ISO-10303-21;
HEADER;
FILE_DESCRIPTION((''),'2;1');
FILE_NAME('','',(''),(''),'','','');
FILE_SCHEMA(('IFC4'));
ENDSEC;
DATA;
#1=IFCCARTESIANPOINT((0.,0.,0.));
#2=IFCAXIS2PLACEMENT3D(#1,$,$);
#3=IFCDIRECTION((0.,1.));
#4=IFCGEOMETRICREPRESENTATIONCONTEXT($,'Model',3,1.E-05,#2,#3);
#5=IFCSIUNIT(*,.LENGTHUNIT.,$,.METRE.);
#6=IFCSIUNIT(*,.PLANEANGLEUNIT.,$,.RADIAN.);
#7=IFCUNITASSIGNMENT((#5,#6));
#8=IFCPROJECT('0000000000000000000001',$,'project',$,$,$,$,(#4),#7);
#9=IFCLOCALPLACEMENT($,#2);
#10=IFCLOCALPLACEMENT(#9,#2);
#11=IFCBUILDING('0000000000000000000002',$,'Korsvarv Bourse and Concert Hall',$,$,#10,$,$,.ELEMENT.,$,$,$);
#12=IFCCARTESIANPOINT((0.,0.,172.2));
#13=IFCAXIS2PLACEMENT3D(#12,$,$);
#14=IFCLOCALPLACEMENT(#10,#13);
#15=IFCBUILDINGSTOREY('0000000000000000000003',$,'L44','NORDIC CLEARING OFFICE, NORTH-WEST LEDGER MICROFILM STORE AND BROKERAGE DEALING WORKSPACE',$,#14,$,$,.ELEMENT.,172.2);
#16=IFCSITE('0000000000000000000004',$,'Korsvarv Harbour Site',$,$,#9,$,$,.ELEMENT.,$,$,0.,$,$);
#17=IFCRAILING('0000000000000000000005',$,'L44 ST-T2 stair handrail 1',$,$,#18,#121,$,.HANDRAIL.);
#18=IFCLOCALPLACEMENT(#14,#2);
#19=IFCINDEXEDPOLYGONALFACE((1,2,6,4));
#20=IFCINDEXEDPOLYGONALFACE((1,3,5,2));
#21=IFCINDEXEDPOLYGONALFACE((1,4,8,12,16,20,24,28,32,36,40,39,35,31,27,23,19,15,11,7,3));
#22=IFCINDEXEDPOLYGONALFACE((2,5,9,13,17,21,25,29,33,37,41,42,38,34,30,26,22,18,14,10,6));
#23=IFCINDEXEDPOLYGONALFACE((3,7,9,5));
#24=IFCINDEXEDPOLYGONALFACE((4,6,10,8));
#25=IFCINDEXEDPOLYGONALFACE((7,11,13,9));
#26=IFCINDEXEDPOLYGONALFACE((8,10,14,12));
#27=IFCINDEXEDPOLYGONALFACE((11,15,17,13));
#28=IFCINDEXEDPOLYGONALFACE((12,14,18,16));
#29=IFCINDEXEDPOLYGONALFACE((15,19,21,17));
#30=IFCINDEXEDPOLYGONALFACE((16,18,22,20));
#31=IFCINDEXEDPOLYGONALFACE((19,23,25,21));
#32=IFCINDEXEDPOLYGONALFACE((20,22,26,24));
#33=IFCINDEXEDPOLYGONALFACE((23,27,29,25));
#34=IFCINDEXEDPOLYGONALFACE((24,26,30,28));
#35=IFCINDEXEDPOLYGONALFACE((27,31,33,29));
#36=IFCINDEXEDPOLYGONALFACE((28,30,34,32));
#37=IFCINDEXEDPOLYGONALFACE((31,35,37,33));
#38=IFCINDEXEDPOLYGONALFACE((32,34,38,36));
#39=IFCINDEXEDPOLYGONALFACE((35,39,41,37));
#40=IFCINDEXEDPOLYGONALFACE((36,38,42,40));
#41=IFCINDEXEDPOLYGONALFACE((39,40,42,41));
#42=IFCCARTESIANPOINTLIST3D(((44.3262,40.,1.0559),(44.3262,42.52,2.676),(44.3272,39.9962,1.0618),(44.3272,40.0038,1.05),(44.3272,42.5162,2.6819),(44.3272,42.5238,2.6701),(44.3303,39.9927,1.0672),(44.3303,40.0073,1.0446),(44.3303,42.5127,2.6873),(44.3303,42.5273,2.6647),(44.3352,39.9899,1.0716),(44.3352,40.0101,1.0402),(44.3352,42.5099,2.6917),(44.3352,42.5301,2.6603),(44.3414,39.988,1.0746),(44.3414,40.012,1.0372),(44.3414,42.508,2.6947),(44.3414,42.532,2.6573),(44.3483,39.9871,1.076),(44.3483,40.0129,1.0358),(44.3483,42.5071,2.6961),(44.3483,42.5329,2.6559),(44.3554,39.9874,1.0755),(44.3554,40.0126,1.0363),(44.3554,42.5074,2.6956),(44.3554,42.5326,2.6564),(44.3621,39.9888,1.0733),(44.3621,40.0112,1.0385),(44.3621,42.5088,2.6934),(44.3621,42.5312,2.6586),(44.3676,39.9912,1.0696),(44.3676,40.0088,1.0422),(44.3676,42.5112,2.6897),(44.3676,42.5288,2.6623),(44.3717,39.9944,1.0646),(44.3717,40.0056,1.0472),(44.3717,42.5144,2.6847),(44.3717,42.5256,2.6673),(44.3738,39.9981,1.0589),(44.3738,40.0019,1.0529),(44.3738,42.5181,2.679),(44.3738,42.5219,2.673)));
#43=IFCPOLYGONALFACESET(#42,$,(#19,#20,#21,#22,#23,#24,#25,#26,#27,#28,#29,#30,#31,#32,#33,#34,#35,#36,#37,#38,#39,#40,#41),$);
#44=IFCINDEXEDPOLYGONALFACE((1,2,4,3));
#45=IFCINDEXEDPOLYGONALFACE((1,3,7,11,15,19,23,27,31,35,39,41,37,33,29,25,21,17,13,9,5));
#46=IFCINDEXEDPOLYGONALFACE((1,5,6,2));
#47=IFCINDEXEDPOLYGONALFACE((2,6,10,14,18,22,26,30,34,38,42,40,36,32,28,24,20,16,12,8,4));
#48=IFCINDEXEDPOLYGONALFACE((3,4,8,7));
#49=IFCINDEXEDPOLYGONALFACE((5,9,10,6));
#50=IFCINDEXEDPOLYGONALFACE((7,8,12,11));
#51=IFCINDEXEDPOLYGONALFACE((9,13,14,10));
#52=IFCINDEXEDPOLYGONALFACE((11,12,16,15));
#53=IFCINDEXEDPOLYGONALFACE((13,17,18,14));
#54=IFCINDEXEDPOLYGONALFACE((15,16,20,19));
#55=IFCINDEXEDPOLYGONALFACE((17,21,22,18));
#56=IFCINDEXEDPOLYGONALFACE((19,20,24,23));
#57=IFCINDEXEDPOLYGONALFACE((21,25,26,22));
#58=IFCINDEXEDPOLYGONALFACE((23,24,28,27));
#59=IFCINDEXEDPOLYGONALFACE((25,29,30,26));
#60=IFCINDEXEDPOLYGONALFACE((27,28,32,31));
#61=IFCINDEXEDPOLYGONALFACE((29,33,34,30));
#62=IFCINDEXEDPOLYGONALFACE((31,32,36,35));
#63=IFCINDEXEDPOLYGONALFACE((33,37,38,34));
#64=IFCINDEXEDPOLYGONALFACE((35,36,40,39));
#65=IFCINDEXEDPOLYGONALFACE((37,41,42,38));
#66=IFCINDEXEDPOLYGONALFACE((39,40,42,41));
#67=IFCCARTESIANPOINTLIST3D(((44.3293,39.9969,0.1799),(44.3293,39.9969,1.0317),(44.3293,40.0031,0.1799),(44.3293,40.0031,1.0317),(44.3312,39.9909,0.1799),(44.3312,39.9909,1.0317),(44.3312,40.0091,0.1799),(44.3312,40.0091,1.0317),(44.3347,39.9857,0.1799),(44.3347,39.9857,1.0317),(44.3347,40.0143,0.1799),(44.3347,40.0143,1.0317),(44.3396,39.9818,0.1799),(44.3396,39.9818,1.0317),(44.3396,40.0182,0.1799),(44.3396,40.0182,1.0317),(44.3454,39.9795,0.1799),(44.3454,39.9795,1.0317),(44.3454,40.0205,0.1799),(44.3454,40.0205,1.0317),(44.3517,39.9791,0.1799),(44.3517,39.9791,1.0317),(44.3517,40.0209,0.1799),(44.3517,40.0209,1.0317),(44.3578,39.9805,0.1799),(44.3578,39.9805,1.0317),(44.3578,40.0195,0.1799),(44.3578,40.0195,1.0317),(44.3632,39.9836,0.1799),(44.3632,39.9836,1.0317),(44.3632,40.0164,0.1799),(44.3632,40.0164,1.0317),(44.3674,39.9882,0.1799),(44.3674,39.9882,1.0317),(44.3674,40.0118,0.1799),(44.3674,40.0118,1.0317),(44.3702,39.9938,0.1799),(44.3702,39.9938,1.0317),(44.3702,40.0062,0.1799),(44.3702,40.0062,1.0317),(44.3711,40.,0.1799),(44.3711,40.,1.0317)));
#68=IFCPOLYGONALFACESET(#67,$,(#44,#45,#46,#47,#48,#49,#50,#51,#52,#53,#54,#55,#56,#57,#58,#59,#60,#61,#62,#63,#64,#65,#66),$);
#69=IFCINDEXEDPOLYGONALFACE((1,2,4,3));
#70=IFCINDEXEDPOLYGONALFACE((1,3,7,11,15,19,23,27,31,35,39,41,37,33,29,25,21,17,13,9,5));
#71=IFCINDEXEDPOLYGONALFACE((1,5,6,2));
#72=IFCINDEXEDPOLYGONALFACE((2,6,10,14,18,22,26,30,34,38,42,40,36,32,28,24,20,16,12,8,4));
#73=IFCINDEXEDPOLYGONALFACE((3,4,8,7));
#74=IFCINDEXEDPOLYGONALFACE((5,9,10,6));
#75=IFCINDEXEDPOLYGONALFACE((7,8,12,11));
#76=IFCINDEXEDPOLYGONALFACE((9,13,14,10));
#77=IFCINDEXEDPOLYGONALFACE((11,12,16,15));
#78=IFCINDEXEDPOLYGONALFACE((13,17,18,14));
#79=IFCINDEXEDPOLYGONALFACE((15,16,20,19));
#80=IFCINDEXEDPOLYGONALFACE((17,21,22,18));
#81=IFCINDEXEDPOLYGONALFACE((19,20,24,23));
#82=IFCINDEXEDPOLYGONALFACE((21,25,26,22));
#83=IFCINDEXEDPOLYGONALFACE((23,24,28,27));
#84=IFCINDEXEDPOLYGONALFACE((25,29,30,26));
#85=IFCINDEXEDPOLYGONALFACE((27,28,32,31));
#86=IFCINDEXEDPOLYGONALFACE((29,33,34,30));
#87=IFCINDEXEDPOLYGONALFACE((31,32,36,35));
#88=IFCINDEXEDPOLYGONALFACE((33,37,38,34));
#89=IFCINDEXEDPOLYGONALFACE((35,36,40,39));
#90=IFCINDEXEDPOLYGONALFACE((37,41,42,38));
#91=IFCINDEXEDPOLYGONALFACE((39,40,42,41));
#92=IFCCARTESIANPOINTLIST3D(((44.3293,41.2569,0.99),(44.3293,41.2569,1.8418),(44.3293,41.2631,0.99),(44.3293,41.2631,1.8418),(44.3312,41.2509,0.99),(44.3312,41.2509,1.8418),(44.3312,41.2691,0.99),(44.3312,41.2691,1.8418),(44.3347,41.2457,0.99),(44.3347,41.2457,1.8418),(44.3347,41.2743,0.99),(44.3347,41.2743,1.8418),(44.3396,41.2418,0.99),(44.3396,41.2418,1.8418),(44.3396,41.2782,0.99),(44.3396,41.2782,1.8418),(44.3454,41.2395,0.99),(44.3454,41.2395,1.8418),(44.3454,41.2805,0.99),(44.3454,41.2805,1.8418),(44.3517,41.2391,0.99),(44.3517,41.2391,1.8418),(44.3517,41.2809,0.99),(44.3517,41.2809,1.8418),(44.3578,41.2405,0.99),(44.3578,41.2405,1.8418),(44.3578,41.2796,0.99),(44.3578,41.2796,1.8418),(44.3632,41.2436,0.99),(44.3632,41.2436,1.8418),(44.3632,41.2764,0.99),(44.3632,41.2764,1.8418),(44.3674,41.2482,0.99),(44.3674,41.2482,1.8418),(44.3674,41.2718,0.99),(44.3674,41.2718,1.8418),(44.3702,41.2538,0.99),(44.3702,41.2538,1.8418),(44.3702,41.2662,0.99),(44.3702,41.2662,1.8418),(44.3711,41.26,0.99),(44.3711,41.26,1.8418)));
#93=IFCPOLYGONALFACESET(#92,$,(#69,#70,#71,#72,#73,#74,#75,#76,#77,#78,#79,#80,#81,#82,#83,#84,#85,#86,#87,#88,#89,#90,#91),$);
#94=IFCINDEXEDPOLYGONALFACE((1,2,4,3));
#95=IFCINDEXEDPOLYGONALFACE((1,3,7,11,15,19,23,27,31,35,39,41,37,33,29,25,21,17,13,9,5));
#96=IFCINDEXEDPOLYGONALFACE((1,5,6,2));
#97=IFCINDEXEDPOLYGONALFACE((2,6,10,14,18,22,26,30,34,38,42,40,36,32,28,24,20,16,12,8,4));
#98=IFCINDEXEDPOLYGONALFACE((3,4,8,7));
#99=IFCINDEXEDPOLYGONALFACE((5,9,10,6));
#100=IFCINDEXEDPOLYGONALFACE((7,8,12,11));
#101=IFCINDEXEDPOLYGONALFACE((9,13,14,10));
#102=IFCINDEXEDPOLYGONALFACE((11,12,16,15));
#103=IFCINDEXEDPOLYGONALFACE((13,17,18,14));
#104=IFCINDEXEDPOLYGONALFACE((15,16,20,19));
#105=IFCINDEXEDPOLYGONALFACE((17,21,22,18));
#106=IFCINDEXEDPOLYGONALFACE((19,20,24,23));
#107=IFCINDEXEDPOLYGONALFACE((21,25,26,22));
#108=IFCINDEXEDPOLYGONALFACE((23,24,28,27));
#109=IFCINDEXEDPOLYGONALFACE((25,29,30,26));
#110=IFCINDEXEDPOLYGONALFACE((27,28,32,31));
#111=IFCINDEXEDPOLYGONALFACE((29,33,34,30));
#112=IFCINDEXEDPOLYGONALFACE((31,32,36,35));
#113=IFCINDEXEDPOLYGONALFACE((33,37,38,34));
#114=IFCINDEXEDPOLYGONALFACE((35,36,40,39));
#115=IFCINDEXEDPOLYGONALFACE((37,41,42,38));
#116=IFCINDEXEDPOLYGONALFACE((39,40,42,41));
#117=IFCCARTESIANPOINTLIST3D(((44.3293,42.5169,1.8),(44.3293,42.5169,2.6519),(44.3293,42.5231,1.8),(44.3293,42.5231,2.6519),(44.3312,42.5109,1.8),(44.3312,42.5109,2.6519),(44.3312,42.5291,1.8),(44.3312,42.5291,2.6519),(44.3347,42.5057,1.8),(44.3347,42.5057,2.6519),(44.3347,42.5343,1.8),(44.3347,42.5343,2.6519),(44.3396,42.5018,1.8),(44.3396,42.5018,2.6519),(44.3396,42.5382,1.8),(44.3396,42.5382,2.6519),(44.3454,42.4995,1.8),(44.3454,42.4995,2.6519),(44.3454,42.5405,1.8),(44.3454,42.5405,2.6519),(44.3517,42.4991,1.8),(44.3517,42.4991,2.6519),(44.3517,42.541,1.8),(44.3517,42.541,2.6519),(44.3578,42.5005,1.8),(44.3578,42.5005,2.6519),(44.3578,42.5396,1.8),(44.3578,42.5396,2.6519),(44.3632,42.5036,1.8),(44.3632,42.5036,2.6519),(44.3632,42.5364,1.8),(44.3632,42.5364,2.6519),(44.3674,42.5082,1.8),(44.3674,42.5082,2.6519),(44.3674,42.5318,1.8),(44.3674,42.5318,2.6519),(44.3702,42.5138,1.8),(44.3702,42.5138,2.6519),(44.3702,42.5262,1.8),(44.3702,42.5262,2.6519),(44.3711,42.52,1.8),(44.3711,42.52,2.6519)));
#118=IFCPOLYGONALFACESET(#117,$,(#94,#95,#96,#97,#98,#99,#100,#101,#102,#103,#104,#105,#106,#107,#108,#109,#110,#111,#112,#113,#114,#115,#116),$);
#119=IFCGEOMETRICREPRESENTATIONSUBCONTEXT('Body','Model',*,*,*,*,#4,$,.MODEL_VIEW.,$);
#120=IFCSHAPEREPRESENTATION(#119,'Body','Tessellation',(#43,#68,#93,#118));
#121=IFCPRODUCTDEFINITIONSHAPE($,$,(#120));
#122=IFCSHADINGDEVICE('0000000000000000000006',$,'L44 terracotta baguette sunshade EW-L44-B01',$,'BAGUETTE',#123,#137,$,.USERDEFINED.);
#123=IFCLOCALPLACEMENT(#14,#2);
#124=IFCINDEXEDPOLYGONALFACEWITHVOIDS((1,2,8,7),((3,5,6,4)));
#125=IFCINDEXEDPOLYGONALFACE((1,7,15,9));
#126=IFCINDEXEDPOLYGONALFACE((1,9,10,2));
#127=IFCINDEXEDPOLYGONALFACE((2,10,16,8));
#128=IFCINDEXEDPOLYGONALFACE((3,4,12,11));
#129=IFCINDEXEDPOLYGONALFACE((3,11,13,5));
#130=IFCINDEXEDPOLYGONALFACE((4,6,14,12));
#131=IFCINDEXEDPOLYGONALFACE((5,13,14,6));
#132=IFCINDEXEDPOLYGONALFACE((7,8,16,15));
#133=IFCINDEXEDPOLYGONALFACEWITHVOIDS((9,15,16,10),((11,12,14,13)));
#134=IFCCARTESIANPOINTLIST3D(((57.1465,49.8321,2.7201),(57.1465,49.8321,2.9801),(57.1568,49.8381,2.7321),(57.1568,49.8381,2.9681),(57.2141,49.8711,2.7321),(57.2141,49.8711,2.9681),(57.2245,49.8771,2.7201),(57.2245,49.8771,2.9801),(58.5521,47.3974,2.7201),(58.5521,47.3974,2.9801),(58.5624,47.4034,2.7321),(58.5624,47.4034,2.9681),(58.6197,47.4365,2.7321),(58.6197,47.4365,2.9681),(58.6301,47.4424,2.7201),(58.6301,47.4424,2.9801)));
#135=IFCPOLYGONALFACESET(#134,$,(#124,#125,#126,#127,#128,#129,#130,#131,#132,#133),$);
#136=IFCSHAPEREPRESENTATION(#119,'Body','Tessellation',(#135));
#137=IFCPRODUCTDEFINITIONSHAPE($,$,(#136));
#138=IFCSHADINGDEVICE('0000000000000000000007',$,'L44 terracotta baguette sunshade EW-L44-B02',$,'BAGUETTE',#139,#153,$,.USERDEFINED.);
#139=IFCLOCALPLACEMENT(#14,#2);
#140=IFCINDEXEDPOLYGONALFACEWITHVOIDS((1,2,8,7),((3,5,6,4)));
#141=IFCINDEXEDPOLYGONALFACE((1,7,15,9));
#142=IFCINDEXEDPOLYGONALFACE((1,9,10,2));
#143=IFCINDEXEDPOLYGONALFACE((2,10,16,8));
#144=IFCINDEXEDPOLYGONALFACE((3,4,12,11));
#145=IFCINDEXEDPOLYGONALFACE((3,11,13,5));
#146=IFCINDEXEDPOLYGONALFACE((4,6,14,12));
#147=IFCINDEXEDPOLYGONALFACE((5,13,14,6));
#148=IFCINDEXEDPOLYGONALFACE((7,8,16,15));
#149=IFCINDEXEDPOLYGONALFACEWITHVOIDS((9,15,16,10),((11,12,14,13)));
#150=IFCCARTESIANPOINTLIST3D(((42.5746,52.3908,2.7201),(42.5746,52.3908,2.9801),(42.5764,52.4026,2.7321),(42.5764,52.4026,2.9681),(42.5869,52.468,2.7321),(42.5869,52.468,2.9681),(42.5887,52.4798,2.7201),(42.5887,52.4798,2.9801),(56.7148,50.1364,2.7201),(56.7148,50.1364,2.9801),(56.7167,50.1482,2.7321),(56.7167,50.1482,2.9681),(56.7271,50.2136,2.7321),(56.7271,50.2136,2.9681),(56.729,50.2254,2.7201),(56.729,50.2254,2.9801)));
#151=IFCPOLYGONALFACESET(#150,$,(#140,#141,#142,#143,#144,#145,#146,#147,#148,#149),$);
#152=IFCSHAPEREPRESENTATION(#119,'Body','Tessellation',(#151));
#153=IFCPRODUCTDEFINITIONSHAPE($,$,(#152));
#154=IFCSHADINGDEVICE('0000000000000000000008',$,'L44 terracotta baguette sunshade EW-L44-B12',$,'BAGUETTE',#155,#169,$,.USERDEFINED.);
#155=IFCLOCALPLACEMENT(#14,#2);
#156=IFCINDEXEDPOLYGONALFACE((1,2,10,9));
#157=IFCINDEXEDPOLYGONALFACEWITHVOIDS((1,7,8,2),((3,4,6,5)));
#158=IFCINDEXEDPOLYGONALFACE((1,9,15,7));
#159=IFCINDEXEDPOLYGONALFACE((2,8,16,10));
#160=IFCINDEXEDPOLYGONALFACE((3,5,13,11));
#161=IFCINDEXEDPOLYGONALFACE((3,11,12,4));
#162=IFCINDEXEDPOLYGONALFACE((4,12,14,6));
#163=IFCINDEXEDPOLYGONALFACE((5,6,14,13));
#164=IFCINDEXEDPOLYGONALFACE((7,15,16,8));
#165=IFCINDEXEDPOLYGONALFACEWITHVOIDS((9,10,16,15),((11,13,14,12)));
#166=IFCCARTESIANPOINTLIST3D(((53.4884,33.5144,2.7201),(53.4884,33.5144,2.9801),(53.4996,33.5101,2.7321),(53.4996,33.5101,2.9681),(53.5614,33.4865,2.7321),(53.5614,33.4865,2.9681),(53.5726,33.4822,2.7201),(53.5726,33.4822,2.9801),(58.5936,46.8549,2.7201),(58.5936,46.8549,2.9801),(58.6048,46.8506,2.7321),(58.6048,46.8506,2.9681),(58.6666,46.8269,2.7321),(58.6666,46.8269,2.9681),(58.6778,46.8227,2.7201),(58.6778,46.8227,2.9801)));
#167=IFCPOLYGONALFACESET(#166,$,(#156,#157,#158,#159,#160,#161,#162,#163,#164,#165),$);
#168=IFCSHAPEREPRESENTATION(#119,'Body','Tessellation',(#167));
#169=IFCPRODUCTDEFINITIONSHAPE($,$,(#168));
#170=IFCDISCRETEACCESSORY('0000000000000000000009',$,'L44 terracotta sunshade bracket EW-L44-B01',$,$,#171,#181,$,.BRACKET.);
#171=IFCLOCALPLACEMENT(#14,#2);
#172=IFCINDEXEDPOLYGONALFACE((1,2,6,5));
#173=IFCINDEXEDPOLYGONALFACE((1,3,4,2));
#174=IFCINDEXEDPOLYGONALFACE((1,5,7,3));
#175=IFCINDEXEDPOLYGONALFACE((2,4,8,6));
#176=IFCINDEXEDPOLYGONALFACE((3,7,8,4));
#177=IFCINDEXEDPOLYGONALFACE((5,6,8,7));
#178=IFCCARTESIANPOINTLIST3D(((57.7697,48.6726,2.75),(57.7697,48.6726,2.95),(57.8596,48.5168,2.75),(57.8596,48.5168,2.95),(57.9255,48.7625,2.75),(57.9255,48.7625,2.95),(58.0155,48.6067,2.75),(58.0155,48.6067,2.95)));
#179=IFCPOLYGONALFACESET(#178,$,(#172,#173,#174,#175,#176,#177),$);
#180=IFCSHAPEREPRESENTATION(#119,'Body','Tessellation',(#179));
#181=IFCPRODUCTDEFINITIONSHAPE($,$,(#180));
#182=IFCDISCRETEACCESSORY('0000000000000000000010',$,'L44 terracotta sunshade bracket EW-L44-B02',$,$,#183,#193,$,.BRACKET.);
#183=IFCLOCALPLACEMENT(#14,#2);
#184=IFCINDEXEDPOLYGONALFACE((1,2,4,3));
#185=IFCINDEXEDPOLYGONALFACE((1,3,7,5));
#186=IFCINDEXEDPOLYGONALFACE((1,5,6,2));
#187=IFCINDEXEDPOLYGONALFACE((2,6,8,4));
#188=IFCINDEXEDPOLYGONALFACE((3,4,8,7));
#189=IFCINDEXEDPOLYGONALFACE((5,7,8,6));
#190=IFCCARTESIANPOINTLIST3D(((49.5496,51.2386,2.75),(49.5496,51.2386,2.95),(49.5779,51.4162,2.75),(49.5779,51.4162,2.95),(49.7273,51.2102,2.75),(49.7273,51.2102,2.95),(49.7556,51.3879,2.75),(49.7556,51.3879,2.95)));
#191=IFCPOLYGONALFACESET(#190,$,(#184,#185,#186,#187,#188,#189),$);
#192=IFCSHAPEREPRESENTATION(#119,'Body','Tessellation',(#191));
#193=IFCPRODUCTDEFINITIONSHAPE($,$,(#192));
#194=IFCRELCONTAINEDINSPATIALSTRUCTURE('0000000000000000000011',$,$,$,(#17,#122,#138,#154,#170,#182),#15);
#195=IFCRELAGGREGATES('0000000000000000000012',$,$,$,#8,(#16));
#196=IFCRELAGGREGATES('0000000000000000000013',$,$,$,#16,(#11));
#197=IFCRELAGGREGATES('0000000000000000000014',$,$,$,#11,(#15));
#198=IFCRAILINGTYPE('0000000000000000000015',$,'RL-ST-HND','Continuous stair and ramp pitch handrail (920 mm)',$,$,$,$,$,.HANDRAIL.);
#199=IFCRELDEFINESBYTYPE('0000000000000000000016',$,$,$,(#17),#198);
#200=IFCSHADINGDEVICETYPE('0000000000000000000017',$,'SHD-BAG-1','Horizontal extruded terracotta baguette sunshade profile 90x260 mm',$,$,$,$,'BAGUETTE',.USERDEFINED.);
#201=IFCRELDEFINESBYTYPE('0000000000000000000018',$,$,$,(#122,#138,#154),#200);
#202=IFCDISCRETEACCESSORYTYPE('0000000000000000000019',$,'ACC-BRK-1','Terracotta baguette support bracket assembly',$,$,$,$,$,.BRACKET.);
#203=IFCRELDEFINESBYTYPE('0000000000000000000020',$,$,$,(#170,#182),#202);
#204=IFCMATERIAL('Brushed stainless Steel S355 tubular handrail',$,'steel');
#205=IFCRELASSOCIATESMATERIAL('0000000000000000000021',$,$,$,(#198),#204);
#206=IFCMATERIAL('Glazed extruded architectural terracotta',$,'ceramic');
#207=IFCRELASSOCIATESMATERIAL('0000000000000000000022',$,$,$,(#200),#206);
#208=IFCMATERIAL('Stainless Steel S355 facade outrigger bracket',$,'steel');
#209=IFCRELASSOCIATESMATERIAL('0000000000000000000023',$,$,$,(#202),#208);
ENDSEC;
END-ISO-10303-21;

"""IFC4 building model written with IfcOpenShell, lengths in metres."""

from ifc_helpers import new_model, si_unit, direction, frame, origin, origin_2d, place, context, subcontext, project, spatial, rectangle, hollow_rectangle, circle, extrude, source, transform, mapped, material, material_profile, profile_set, type_object, element, save


model = new_model("IFC4")

# Units and contexts
model_context = context("Model", 3, precision=1e-05, world=origin(), true_north=direction((0.0, 1.0)))
body_context = subcontext(model_context, "Body", "Model", "MODEL_VIEW")
ifc_project = project(units=[si_unit("LENGTHUNIT", "METRE"), si_unit("PLANEANGLEUNIT", "RADIAN")], contexts=[model_context])

# Site, building, storey
site_placement = place(None, origin())
site = spatial("IfcSite", under=ifc_project, at=site_placement, Name="Korsvarv Harbour Site", CompositionType="ELEMENT", RefElevation=0.0)
building_placement = place(site_placement, origin())
building = spatial("IfcBuilding", under=site, at=building_placement, Name="Korsvarv Bourse and Concert Hall", CompositionType="ELEMENT")
storey_placement = place(building_placement, frame((0.0, 0.0, 172.2)))
storey = spatial("IfcBuildingStorey", under=building, at=storey_placement, Name="L44", Description="NORDIC CLEARING OFFICE, NORTH-WEST LEDGER MICROFILM STORE AND BROKERAGE DEALING WORKSPACE", CompositionType="ELEMENT", Elevation=172.2)

# Railing
ifc_material_1 = material(Name="Brushed stainless Steel S355 tubular handrail", Category="steel")
railing_type_1 = type_object("IfcRailingType", Name="RL-ST-HND", Description="Continuous stair and ramp pitch handrail (920 mm)", PredefinedType="HANDRAIL", material=ifc_material_1)
railing_1_placement = place(storey_placement, frame((44.3501, 40.0, 0.1799)))
element("IfcRailing", 1, at=railing_1_placement, inside=storey, type_object=railing_type_1, Name="L44 ST-T2 stair handrail 1", PredefinedType="HANDRAIL", context=body_context, shape_type="SweptSolid", body=[
    extrude(circle(Radius=0.0239, at=origin_2d()), frame((0.0, 0.0, 0.876), z_axis=(0.0, 0.841163, 0.540782), x_axis=(-1.0, 0.0, 0.0)), (0.0, 0.0, 1.0), 2.9958),
    extrude(circle(Radius=0.021, at=origin_2d()), origin(), (0.0, 0.0, 1.0), 0.8518),
    extrude(circle(Radius=0.021, at=origin_2d()), frame((0.0, 1.26, 0.8101)), (0.0, 0.0, 1.0), 0.8518),
    extrude(circle(Radius=0.021, at=origin_2d()), frame((0.0, 2.52, 1.6201)), (0.0, 0.0, 1.0), 0.8518),
])

# Shading devices
ifc_material_2 = material(Name="Glazed extruded architectural terracotta", Category="ceramic")
ifc_material_profile_1 = material_profile(ifc_material_2, hollow_rectangle(XDim=0.0901, YDim=0.26, WallThickness=0.012, at=origin_2d()), Name="TC-BAG 90x260")
ifc_profile_set_1 = profile_set([ifc_material_profile_1], Name="Glazed extruded architectural terracotta")
shading_device_type = type_object("IfcShadingDeviceType", Name="SHD-BAG-1", Description="Horizontal extruded terracotta baguette sunshade profile 90x260 mm", ElementType="BAGUETTE", PredefinedType="USERDEFINED", material=ifc_profile_set_1)
shared_shape_1 = source(origin(), body_context, "Body", "SweptSolid", [
    extrude(hollow_rectangle(XDim=0.0901, YDim=0.26, WallThickness=0.012, at=origin_2d()), origin(), (0.0, 0.0, 1.0), 2.8113),
])
shading_device_1_placement = place(storey_placement, frame((58.5911, 47.4199, 2.8501), z_axis=(-0.499978, 0.866038, 0.0), x_axis=(-0.866038, -0.499978, 0.0)))
element("IfcShadingDevice", 2, at=shading_device_1_placement, inside=storey, type_object=shading_device_type, Name="L44 terracotta baguette sunshade EW-L44-B01", ObjectType="BAGUETTE", PredefinedType="USERDEFINED", context=body_context, shape_type="MappedRepresentation", body=[
    mapped(shared_shape_1, transform((0.0, 0.0, 0.0), scale=1.0)),
])
shared_shape_2 = source(origin(), body_context, "Body", "SweptSolid", [
    extrude(hollow_rectangle(XDim=0.0901, YDim=0.26, WallThickness=0.012, at=origin_2d()), origin(), (0.0, 0.0, 1.0), 14.3188),
])
shading_device_2_placement = place(storey_placement, frame((56.7219, 50.1809, 2.8501), z_axis=(-0.987528, 0.157441, 0.0), x_axis=(-0.157441, -0.987528, 0.0)))
element("IfcShadingDevice", 3, at=shading_device_2_placement, inside=storey, type_object=shading_device_type, Name="L44 terracotta baguette sunshade EW-L44-B02", ObjectType="BAGUETTE", PredefinedType="USERDEFINED", context=body_context, shape_type="MappedRepresentation", body=[
    mapped(shared_shape_2, transform((0.0, 0.0, 0.0), scale=1.0)),
])
shared_shape_3 = source(origin(), body_context, "Body", "SweptSolid", [
    extrude(hollow_rectangle(XDim=0.0901, YDim=0.26, WallThickness=0.012, at=origin_2d()), origin(), (0.0, 0.0, 1.0), 14.2839),
])
shading_device_3_placement = place(storey_placement, frame((53.5305, 33.4983, 2.8501), z_axis=(0.357407, 0.933949, 0.0), x_axis=(-0.933949, 0.357407, 0.0)))
element("IfcShadingDevice", 4, at=shading_device_3_placement, inside=storey, type_object=shading_device_type, Name="L44 terracotta baguette sunshade EW-L44-B12", ObjectType="BAGUETTE", PredefinedType="USERDEFINED", context=body_context, shape_type="MappedRepresentation", body=[
    mapped(shared_shape_3, transform((0.0, 0.0, 0.0), scale=1.0)),
])

# Discrete accessories
ifc_material_3 = material(Name="Stainless Steel S355 facade outrigger bracket", Category="steel")
discrete_accessory_type = type_object("IfcDiscreteAccessoryType", Name="ACC-BRK-1", Description="Terracotta baguette support bracket assembly", PredefinedType="BRACKET", material=ifc_material_3)
shared_shape_4 = source(origin(), body_context, "Body", "SweptSolid", [
    extrude(rectangle(XDim=0.1799, YDim=0.1799, at=origin_2d()), origin(), (0.0, 0.0, 1.0), 0.2),
])
for number, where, z_axis, x_axis, name in (
    (5, (57.8926, 48.6396, 2.75), (0.0, 0.0, 1.0), (-0.5, 0.866025, 0.0), "L44 terracotta sunshade bracket EW-L44-B01"),
    (6, (49.6526, 51.3132, 2.75), (0.0, 0.0, 1.0), (-0.987524, 0.157469, 0.0), "L44 terracotta sunshade bracket EW-L44-B02"),
):
    element("IfcDiscreteAccessory", number, at=place(storey_placement, frame(where, z_axis=z_axis, x_axis=x_axis)), inside=storey, type_object=discrete_accessory_type, Name=name, PredefinedType="BRACKET", context=body_context, shape_type="MappedRepresentation", body=[
        mapped(shared_shape_4, transform((0.0, 0.0, 0.0), scale=1.0)),
    ])

save(model, "model.ifc")
